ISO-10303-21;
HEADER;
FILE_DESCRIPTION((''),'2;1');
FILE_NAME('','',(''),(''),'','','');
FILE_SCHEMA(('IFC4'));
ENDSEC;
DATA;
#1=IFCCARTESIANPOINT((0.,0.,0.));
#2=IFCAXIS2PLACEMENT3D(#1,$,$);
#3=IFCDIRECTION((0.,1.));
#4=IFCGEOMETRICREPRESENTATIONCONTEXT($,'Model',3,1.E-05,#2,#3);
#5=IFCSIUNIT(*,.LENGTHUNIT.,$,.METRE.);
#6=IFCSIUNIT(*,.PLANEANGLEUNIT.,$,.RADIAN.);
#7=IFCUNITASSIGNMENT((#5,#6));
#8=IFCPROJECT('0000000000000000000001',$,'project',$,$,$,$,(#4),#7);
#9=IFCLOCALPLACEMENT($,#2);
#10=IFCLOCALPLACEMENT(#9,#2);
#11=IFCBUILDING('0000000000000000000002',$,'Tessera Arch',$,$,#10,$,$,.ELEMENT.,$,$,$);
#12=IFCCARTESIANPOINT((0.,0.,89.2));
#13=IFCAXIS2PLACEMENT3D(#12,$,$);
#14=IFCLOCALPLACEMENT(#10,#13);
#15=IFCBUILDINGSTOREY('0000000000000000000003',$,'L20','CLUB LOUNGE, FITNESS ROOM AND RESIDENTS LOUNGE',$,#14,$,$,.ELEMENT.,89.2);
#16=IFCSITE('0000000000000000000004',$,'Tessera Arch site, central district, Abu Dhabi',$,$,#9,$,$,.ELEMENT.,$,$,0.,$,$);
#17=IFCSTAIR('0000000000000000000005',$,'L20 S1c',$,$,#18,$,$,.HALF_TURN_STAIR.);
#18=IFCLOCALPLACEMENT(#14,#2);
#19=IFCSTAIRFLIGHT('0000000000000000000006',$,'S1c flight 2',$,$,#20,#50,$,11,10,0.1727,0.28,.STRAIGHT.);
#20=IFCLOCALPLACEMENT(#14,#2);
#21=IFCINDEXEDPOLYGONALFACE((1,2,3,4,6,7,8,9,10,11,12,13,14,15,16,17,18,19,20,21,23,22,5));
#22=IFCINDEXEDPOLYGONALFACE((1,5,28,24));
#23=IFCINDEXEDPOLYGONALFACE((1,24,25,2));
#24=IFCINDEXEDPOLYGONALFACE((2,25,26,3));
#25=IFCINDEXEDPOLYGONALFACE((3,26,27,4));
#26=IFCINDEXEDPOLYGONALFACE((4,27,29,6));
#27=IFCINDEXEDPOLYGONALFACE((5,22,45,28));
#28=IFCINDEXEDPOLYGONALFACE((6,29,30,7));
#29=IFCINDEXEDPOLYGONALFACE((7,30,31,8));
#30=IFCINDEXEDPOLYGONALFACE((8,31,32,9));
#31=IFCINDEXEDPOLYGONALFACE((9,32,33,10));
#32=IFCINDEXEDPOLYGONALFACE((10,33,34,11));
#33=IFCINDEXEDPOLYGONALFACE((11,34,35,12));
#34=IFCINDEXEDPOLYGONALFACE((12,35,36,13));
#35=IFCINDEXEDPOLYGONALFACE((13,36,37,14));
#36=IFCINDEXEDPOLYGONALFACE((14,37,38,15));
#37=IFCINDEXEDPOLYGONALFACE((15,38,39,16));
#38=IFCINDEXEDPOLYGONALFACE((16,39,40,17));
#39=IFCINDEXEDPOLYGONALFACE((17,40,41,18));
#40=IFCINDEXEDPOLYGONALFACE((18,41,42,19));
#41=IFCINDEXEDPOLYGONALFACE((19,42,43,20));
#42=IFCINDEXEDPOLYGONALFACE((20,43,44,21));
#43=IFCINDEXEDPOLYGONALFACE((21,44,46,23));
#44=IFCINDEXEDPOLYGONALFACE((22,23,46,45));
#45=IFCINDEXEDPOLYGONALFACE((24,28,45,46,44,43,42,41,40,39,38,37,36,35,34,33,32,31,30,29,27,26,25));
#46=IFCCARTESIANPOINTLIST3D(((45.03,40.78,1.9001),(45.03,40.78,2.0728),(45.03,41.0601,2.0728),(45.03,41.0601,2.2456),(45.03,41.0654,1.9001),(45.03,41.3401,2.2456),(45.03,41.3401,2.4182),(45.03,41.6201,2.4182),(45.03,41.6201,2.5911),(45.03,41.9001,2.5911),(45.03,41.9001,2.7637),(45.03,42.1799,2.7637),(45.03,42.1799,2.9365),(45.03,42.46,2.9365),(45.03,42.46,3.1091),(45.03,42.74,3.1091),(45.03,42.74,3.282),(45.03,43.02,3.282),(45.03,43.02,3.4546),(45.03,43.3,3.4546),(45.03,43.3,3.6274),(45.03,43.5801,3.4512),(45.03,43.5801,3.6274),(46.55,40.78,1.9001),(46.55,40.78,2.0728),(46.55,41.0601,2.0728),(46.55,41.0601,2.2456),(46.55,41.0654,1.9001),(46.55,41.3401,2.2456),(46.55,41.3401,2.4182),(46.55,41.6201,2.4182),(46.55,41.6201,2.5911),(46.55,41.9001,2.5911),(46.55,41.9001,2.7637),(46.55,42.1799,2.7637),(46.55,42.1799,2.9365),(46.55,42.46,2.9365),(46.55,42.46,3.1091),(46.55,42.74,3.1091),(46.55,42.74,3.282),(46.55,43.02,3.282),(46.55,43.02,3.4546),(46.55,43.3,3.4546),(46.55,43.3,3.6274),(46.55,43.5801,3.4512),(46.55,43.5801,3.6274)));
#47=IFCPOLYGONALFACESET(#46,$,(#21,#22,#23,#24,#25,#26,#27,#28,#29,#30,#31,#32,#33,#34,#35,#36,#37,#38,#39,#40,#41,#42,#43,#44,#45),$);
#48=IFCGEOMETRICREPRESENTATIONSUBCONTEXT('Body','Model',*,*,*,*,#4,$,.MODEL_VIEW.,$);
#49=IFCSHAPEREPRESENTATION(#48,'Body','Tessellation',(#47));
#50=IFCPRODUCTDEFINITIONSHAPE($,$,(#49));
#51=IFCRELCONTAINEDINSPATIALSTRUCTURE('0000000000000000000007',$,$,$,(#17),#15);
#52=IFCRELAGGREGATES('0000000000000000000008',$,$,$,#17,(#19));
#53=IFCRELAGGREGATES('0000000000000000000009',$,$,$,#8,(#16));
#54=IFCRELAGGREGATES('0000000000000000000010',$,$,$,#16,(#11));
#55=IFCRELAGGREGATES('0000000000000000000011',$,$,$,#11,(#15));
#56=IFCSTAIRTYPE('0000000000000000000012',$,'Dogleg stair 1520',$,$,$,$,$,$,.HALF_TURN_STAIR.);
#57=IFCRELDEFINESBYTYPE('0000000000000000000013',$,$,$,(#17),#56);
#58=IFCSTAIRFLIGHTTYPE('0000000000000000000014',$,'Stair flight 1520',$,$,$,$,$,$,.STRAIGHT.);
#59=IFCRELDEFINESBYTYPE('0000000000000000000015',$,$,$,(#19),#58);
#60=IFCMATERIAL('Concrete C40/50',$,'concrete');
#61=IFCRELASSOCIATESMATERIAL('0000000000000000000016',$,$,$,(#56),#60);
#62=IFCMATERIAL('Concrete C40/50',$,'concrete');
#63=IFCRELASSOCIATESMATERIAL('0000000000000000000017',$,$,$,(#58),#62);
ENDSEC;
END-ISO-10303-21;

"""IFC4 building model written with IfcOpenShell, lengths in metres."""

from ifc_helpers import new_model, si_unit, direction, frame, origin, place, context, subcontext, project, spatial, polyline, outline, extrude, material, type_object, element, aggregate, save


model = new_model("IFC4")

# Units and contexts
model_context = context("Model", 3, precision=1e-05, world=origin(), true_north=direction((0.0, 1.0)))
body_context = subcontext(model_context, "Body", "Model", "MODEL_VIEW")
ifc_project = project(units=[si_unit("LENGTHUNIT", "METRE"), si_unit("PLANEANGLEUNIT", "RADIAN")], contexts=[model_context])

# Site, building, storey
site_placement = place(None, origin())
site = spatial("IfcSite", under=ifc_project, at=site_placement, Name="Tessera Arch site, central district, Abu Dhabi", CompositionType="ELEMENT", RefElevation=0.0)
building_placement = place(site_placement, origin())
building = spatial("IfcBuilding", under=site, at=building_placement, Name="Tessera Arch", CompositionType="ELEMENT")
storey_placement = place(building_placement, frame((0.0, 0.0, 89.2)))
storey = spatial("IfcBuildingStorey", under=building, at=storey_placement, Name="L20", Description="CLUB LOUNGE, FITNESS ROOM AND RESIDENTS LOUNGE", CompositionType="ELEMENT", Elevation=89.2)

# Stair, stair flight
ifc_material_1 = material(Name="Concrete C40/50", Category="concrete")
stair_type = type_object("IfcStairType", Name="Dogleg stair 1520", PredefinedType="HALF_TURN_STAIR", material=ifc_material_1)
stair_placement = place(storey_placement, origin())
stair = element("IfcStair", 1, at=stair_placement, inside=storey, type_object=stair_type, Name="L20 S1c", PredefinedType="HALF_TURN_STAIR")
ifc_material_2 = material(Name="Concrete C40/50", Category="concrete")
stair_flight_type = type_object("IfcStairFlightType", Name="Stair flight 1520", PredefinedType="STRAIGHT", material=ifc_material_2)
stair_flight_1_placement = place(storey_placement, frame((45.79, 40.78, 1.9001), z_axis=(0.0, 0.0, 1.0), x_axis=(0.0, 1.0, 0.0)))
stair_flight_1 = element("IfcStairFlight", 2, at=stair_flight_1_placement, type_object=stair_flight_type, Name="S1c flight 2", NumberOfRisers=11, NumberOfTreads=10, PredefinedType="STRAIGHT", RiserHeight=0.1727, TreadLength=0.28, context=body_context, shape_type="SweptSolid", body=[
    extrude(outline(polyline([(0.0, 0.0), (0.0, 0.1726), (0.28, 0.1726), (0.28, 0.3455), (0.5601, 0.3455), (0.5601, 0.5181), (0.8401, 0.5181), (0.8401, 0.6909), (1.1201, 0.6909), (1.1201, 0.8635), (1.3999, 0.8635), (1.3999, 1.0364), (1.6799, 1.0364), (1.6799, 1.209), (1.96, 1.209), (1.96, 1.3818), (2.24, 1.3818), (2.24, 1.5544), (2.52, 1.5544), (2.52, 1.7273), (2.8, 1.7273), (2.8, 1.8999), (2.8, 1.551), (0.2854, 0.0), (0.0, 0.0)])), frame((0.0, 0.76, 0.0), z_axis=(0.0, -1.0, 0.0), x_axis=(1.0, 0.0, 0.0)), (0.0, 0.0, 1.0), 1.52),
])
aggregate(stair, [stair_flight_1])

save(model, "model.ifc")
